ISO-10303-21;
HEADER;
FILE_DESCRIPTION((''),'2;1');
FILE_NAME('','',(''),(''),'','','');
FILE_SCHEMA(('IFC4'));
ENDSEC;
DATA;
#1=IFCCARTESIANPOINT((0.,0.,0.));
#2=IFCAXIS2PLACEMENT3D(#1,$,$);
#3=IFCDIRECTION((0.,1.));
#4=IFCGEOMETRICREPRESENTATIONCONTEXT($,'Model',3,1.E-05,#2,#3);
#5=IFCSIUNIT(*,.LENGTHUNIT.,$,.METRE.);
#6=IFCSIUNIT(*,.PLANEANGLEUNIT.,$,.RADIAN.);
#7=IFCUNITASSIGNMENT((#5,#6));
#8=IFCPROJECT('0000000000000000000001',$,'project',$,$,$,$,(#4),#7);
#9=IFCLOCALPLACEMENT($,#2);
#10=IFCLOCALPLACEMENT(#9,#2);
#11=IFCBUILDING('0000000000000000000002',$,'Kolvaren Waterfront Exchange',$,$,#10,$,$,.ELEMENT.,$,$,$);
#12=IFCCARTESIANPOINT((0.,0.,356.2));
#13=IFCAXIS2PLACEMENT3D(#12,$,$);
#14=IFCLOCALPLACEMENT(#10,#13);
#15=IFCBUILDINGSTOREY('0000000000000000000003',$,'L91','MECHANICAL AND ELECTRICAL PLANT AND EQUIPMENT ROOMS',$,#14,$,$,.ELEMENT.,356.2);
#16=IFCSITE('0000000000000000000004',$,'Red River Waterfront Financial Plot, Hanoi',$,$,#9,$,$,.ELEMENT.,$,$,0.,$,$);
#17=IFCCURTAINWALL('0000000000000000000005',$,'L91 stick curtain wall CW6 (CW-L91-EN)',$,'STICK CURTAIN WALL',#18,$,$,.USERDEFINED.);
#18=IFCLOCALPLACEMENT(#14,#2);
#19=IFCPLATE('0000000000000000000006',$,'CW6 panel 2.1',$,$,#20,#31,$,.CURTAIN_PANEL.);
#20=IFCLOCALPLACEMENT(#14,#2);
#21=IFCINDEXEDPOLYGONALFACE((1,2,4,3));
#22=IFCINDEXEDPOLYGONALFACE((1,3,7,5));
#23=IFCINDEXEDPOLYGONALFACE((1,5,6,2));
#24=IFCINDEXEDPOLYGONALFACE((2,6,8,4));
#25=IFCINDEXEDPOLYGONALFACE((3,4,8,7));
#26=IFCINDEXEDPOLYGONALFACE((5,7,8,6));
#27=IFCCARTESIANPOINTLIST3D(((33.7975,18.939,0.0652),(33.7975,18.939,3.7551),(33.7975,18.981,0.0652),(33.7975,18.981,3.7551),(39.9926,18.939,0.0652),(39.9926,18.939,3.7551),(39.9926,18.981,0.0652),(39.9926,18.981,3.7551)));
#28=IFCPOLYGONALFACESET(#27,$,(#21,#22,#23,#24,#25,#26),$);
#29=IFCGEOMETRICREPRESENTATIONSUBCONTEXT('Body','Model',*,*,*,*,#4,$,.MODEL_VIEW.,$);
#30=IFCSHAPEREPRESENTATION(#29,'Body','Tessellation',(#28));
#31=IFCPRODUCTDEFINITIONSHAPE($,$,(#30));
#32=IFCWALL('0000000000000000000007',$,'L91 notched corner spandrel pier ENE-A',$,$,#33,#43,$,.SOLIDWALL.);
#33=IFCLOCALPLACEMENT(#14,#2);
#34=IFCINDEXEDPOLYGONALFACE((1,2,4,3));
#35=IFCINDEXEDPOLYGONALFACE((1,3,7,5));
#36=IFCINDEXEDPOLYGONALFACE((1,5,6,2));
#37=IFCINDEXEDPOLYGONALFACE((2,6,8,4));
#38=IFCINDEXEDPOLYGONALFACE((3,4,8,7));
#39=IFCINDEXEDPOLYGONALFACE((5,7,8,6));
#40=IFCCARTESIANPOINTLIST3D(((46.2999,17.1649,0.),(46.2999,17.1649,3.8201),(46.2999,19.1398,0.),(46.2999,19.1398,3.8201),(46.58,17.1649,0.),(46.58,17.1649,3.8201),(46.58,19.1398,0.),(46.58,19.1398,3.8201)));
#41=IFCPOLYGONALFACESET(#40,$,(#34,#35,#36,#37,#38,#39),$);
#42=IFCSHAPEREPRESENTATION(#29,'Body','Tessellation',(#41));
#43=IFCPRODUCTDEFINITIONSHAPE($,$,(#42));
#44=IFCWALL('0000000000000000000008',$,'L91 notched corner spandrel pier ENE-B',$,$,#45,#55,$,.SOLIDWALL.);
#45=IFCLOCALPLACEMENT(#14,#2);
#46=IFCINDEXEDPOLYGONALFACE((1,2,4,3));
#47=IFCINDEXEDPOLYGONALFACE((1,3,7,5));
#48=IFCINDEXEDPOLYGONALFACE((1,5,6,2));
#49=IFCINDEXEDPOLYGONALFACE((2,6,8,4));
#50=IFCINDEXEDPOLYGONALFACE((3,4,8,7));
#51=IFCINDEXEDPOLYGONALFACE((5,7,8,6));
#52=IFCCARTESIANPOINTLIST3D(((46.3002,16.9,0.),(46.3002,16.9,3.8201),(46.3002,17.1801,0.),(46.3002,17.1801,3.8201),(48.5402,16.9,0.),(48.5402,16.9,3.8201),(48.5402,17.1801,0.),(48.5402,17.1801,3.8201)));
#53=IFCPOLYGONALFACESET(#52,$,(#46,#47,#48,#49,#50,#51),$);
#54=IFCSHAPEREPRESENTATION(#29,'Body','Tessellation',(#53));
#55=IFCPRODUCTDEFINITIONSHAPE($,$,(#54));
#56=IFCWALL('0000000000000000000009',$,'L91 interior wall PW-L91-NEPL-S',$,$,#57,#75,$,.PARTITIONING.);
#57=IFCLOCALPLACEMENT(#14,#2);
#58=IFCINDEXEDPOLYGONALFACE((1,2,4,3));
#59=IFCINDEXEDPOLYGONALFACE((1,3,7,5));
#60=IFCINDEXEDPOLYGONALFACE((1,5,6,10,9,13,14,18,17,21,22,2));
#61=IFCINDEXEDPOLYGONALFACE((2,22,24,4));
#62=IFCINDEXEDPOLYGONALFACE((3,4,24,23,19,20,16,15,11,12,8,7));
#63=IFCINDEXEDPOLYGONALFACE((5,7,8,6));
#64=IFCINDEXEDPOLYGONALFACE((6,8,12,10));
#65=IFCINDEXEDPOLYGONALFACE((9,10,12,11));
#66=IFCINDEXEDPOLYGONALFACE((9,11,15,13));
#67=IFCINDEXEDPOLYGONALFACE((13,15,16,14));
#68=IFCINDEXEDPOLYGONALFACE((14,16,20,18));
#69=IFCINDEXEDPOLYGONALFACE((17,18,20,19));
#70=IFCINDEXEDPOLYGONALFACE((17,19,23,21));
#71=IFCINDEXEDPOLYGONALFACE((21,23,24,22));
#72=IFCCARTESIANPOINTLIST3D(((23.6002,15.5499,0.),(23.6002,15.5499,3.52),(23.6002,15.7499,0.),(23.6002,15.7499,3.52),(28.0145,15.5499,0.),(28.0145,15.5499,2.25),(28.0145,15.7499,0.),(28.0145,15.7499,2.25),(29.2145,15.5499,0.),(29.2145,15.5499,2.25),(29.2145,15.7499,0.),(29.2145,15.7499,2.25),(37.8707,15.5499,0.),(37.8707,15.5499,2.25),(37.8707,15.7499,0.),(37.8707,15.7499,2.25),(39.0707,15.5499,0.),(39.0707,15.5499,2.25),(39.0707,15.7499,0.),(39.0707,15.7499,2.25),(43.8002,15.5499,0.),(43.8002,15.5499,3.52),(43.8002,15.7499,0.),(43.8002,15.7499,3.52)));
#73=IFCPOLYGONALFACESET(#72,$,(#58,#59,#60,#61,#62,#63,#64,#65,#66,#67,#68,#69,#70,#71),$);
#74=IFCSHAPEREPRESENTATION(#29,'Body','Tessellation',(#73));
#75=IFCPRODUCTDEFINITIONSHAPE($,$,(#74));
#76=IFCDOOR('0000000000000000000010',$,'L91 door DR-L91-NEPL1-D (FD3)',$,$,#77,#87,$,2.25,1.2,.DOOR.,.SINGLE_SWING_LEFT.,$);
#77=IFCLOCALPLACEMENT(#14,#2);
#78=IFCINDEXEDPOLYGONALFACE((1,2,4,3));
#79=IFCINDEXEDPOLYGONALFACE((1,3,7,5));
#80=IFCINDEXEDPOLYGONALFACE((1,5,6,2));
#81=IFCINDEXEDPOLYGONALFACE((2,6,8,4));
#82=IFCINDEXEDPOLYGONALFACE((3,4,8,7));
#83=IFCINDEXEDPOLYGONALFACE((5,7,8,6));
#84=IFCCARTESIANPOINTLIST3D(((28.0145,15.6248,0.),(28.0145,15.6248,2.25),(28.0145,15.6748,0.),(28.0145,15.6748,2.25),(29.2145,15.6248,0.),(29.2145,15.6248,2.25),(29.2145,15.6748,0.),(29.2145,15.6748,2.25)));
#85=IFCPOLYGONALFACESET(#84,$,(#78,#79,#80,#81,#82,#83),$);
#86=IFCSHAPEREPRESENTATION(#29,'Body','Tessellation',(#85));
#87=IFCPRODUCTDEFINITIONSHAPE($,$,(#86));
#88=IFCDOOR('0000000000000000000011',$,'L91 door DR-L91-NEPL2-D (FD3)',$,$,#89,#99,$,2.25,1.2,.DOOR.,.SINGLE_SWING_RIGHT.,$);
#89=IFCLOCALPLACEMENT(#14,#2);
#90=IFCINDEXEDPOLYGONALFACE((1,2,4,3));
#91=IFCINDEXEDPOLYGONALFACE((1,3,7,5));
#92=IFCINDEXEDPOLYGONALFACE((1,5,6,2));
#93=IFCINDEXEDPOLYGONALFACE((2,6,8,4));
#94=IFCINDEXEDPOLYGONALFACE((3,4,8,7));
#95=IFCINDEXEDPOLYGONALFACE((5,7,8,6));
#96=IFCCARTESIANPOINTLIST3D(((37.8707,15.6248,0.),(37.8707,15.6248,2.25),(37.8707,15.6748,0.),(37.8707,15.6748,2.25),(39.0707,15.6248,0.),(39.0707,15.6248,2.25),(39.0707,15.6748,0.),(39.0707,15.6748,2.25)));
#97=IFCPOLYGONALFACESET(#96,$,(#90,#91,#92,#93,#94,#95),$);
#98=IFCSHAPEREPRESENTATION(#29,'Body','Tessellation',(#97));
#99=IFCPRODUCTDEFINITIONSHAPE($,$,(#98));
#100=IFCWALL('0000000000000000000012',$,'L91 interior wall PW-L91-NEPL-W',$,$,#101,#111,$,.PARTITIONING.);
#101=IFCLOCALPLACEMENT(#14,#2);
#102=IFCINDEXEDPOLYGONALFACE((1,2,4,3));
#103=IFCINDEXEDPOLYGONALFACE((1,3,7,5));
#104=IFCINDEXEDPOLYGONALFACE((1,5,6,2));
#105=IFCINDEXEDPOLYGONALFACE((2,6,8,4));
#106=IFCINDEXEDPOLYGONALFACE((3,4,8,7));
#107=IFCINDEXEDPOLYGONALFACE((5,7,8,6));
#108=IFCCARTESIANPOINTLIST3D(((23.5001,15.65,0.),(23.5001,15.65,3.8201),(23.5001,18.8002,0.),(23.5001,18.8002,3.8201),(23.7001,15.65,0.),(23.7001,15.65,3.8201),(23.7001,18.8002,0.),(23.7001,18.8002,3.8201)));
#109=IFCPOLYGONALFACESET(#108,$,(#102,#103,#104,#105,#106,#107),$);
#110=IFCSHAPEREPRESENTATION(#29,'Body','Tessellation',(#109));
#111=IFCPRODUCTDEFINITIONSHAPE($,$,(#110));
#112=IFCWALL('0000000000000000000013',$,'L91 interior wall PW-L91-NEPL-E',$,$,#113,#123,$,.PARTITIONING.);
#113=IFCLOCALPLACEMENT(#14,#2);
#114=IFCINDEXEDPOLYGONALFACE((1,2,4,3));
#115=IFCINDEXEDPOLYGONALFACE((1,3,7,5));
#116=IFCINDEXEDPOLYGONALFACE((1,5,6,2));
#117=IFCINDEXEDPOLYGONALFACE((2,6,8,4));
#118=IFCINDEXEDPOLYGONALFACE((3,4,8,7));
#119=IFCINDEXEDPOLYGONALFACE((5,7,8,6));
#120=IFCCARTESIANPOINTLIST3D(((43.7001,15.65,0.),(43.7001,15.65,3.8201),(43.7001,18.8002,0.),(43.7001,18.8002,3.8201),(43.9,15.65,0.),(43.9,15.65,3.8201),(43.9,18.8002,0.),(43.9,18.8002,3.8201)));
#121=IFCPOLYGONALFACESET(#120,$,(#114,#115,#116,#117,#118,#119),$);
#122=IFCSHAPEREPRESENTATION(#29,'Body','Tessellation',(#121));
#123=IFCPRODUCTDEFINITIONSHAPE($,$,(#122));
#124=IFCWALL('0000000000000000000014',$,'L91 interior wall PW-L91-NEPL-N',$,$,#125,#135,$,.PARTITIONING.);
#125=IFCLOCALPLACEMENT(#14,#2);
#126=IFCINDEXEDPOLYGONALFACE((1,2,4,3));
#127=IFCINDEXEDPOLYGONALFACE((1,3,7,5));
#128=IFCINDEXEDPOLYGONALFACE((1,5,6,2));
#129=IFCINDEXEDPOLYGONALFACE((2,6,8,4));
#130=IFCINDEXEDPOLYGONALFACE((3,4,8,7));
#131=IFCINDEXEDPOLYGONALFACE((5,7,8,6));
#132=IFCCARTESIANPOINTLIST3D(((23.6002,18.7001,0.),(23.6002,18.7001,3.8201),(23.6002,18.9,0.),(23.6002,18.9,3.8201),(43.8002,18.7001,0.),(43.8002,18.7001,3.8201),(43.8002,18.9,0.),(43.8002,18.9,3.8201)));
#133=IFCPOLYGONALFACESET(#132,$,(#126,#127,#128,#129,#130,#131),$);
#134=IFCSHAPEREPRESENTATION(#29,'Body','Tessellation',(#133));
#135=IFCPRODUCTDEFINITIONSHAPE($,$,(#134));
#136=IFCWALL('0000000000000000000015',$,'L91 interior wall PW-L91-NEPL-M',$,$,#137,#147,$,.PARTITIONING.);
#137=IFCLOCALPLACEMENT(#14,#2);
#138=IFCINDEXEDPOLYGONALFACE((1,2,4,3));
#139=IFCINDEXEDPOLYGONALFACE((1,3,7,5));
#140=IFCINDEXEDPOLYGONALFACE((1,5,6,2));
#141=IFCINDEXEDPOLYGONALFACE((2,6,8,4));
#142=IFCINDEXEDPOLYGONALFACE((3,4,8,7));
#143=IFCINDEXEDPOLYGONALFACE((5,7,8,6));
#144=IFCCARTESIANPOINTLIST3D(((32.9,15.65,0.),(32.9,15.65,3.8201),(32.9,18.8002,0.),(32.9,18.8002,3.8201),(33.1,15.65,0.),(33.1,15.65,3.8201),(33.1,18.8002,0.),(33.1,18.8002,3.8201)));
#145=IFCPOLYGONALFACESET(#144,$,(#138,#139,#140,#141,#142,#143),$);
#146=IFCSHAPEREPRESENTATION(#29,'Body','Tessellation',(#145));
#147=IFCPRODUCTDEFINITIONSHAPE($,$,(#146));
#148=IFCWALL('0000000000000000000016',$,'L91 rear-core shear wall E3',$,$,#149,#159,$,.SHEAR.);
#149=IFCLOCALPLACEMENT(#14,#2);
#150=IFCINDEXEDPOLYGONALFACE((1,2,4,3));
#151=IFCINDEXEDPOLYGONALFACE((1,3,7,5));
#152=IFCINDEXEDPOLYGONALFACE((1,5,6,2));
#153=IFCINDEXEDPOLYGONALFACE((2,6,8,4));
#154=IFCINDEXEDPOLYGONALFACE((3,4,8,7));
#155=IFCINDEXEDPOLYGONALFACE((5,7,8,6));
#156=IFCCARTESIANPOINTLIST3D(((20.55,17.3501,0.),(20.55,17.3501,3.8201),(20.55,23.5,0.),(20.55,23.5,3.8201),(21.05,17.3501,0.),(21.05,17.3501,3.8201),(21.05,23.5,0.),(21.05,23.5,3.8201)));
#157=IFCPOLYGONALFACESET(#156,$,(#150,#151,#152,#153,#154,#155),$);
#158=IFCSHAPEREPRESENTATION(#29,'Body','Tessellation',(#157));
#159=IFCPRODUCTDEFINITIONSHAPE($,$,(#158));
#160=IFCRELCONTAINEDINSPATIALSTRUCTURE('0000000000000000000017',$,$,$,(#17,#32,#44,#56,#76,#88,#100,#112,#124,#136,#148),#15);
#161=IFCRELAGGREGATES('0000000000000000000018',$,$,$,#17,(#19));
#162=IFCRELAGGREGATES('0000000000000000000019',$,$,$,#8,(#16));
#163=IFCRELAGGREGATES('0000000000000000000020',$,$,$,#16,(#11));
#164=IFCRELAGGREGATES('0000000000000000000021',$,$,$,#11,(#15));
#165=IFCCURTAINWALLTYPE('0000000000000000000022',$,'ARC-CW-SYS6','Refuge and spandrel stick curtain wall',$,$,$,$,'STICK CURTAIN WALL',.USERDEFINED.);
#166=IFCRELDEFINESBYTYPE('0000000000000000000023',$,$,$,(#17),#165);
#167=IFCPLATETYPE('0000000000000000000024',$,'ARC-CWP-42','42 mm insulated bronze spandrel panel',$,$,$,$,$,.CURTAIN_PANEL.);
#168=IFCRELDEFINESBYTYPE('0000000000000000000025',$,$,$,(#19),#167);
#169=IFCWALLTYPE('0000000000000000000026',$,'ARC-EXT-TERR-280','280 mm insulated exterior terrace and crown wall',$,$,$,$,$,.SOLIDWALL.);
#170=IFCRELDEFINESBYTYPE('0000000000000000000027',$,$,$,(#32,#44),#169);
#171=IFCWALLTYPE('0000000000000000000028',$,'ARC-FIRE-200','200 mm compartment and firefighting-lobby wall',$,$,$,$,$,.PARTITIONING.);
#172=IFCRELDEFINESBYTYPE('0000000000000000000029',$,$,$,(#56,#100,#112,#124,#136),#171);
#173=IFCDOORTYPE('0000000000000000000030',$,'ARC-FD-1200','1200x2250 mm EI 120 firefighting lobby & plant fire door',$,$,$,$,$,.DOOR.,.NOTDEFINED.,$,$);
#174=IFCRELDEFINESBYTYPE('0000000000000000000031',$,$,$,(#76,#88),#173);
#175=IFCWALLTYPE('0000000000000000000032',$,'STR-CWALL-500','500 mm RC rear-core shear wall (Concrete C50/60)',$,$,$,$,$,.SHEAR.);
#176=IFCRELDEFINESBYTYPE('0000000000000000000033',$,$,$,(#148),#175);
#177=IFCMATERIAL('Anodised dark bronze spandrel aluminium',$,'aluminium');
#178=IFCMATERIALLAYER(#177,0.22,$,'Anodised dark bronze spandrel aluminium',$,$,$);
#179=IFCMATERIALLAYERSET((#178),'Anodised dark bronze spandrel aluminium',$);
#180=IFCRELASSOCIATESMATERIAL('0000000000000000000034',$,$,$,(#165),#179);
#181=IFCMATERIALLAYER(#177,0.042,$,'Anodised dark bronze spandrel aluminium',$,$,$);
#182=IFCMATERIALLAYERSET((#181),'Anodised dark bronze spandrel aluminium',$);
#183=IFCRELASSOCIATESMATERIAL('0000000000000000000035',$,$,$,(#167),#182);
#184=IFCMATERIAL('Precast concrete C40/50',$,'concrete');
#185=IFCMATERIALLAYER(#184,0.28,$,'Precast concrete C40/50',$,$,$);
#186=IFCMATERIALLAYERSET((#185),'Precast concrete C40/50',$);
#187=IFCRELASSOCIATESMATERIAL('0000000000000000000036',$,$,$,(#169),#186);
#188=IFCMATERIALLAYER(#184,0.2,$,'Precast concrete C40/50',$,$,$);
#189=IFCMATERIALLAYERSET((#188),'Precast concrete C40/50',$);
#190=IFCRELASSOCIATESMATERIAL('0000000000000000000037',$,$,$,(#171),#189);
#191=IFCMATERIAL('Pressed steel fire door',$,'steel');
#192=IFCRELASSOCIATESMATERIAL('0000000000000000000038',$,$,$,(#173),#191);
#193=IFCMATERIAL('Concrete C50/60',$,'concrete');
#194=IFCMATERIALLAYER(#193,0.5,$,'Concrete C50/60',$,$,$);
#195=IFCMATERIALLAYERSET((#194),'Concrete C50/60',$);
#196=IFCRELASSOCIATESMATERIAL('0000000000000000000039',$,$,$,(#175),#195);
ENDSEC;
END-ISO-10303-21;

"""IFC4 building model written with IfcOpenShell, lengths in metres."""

from ifc_helpers import new_model, si_unit, direction, frame, frame_2d, origin, origin_with_axes, origin_2d, place, context, subcontext, project, spatial, rectangle, extrude, source, transform, mapped, material, layer, layer_set, type_object, element, fill, aggregate, save


model = new_model("IFC4")

# Units and contexts
model_context = context("Model", 3, precision=1e-05, world=origin(), true_north=direction((0.0, 1.0)))
body_context = subcontext(model_context, "Body", "Model", "MODEL_VIEW")
ifc_project = project(units=[si_unit("LENGTHUNIT", "METRE"), si_unit("PLANEANGLEUNIT", "RADIAN")], contexts=[model_context])

# Site, building, storey
site_placement = place(None, origin())
site = spatial("IfcSite", under=ifc_project, at=site_placement, Name="Red River Waterfront Financial Plot, Hanoi", CompositionType="ELEMENT", RefElevation=0.0)
building_placement = place(site_placement, origin())
building = spatial("IfcBuilding", under=site, at=building_placement, Name="Kolvaren Waterfront Exchange", CompositionType="ELEMENT")
storey_placement = place(building_placement, frame((0.0, 0.0, 356.2)))
storey = spatial("IfcBuildingStorey", under=building, at=storey_placement, Name="L91", Description="MECHANICAL AND ELECTRICAL PLANT AND EQUIPMENT ROOMS", CompositionType="ELEMENT", Elevation=356.2)

# Shared definitions
ifc_material_1 = material(Name="Concrete C50/60", Category="concrete")

# Curtain wall
ifc_material_2 = material(Name="Anodised dark bronze spandrel aluminium", Category="aluminium")
ifc_layer_1 = layer(ifc_material_2, 0.22, Name="Anodised dark bronze spandrel aluminium")
ifc_layer_set_1 = layer_set([ifc_layer_1], Name="Anodised dark bronze spandrel aluminium")
curtain_wall_type = type_object("IfcCurtainWallType", Name="ARC-CW-SYS6", Description="Refuge and spandrel stick curtain wall", ElementType="STICK CURTAIN WALL", PredefinedType="USERDEFINED", material=ifc_layer_set_1)
curtain_wall_1_placement = place(storey_placement, origin())
curtain_wall_1 = element("IfcCurtainWall", 1, at=curtain_wall_1_placement, inside=storey, type_object=curtain_wall_type, Name="L91 stick curtain wall CW6 (CW-L91-EN)", ObjectType="STICK CURTAIN WALL", PredefinedType="USERDEFINED")

# Plate
ifc_layer_2 = layer(ifc_material_2, 0.042, Name="Anodised dark bronze spandrel aluminium")
ifc_layer_set_2 = layer_set([ifc_layer_2], Name="Anodised dark bronze spandrel aluminium")
plate_type = type_object("IfcPlateType", Name="ARC-CWP-42", Description="42 mm insulated bronze spandrel panel", PredefinedType="CURTAIN_PANEL", material=ifc_layer_set_2)
shared_shape_1 = source(origin_with_axes(), body_context, "Body", "SweptSolid", [
    extrude(rectangle(XDim=6.1951, YDim=0.042, at=origin_2d()), origin(), (0.0, 0.0, 1.0), 3.6899),
])
plate_1_placement = place(storey_placement, frame((36.895, 18.96, 0.0652), z_axis=(0.0, 0.0, 1.0), x_axis=(1.0, 0.0, 0.0)))
plate_1 = element("IfcPlate", 2, at=plate_1_placement, type_object=plate_type, Name="CW6 panel 2.1", PredefinedType="CURTAIN_PANEL", context=body_context, shape_type="MappedRepresentation", body=[
    mapped(shared_shape_1, transform((0.0, 0.0, 0.0), x_axis=(1.0, 0.0, 0.0), y_axis=(0.0, 1.0, 0.0), z_axis=(0.0, 0.0, 1.0), scale=1.0)),
])
aggregate(curtain_wall_1, [plate_1])

# Walls
ifc_material_3 = material(Name="Precast concrete C40/50", Category="concrete")
ifc_layer_3 = layer(ifc_material_3, 0.28, Name="Precast concrete C40/50")
ifc_layer_set_3 = layer_set([ifc_layer_3], Name="Precast concrete C40/50")
wall_type_1 = type_object("IfcWallType", Name="ARC-EXT-TERR-280", Description="280 mm insulated exterior terrace and crown wall", PredefinedType="SOLIDWALL", material=ifc_layer_set_3)
wall_1_placement = place(storey_placement, frame((46.4399, 17.165, 0.0), z_axis=(0.0, 0.0, 1.0), x_axis=(0.0, 1.0, 0.0)))
element("IfcWall", 3, at=wall_1_placement, inside=storey, type_object=wall_type_1, Name="L91 notched corner spandrel pier ENE-A", PredefinedType="SOLIDWALL", context=body_context, shape_type="SweptSolid", body=[
    extrude(rectangle(XDim=1.9749, YDim=0.28, at=frame_2d((0.9873, 0.0))), origin(), (0.0, 0.0, 1.0), 3.8201),
])
wall_2_placement = place(storey_placement, frame((46.3, 17.04, 0.0), z_axis=(0.0, 0.0, 1.0), x_axis=(1.0, 0.0, 0.0)))
element("IfcWall", 4, at=wall_2_placement, inside=storey, type_object=wall_type_1, Name="L91 notched corner spandrel pier ENE-B", PredefinedType="SOLIDWALL", context=body_context, shape_type="SweptSolid", body=[
    extrude(rectangle(XDim=2.24, YDim=0.28, at=frame_2d((1.1201, 0.0))), origin(), (0.0, 0.0, 1.0), 3.8201),
])

# Wall, openings, doors
ifc_layer_4 = layer(ifc_material_3, 0.2, Name="Precast concrete C40/50")
ifc_layer_set_4 = layer_set([ifc_layer_4], Name="Precast concrete C40/50")
wall_type_2 = type_object("IfcWallType", Name="ARC-FIRE-200", Description="200 mm compartment and firefighting-lobby wall", PredefinedType="PARTITIONING", material=ifc_layer_set_4)
wall_3_placement = place(storey_placement, frame((23.6001, 15.6499, 0.0), z_axis=(0.0, 0.0, 1.0), x_axis=(1.0, 0.0, 0.0)))
wall_3 = element("IfcWall", 5, at=wall_3_placement, inside=storey, type_object=wall_type_2, Name="L91 interior wall PW-L91-NEPL-S", PredefinedType="PARTITIONING", context=body_context, shape_type="SweptSolid", body=[
    extrude(rectangle(XDim=20.2, YDim=0.2, at=frame_2d((10.1001, 0.0))), origin(), (0.0, 0.0, 1.0), 3.52),
])
opening_1_placement = place(wall_3_placement, frame((4.4143, 0.0, 0.0)))
opening_1 = element("IfcOpeningElement", 6, at=opening_1_placement, cuts=wall_3, PredefinedType="OPENING", context=body_context, shape_type="SweptSolid", body=[
    extrude(rectangle(XDim=1.2, YDim=2.25, at=frame_2d((0.6001, 1.125))), frame((0.0, 0.1099, 0.0), z_axis=(0.0, -1.0, 0.0), x_axis=(1.0, 0.0, 0.0)), (0.0, 0.0, 1.0), 0.22),
])
opening_2_placement = place(wall_3_placement, frame((14.2705, 0.0, 0.0)))
opening_2 = element("IfcOpeningElement", 7, at=opening_2_placement, cuts=wall_3, PredefinedType="OPENING", context=body_context, shape_type="SweptSolid", body=[
    extrude(rectangle(XDim=1.2, YDim=2.25, at=frame_2d((0.6001, 1.125))), frame((0.0, 0.1099, 0.0), z_axis=(0.0, -1.0, 0.0), x_axis=(1.0, 0.0, 0.0)), (0.0, 0.0, 1.0), 0.22),
])
ifc_material_4 = material(Name="Pressed steel fire door", Category="steel")
door_type = type_object("IfcDoorType", Name="ARC-FD-1200", Description="1200x2250 mm EI 120 firefighting lobby & plant fire door", OperationType="NOTDEFINED", PredefinedType="DOOR", material=ifc_material_4)
door_1_placement = place(opening_1_placement, origin())
door_1 = element("IfcDoor", 8, at=door_1_placement, inside=storey, type_object=door_type, Name="L91 door DR-L91-NEPL1-D (FD3)", OperationType="SINGLE_SWING_LEFT", OverallHeight=2.25, OverallWidth=1.2, PredefinedType="DOOR", context=body_context, shape_type="SweptSolid", body=[
    extrude(rectangle(XDim=1.2, YDim=2.25, at=frame_2d((0.6001, 1.125))), frame((0.0, 0.0249, 0.0), z_axis=(0.0, -1.0, 0.0), x_axis=(1.0, 0.0, 0.0)), (0.0, 0.0, 1.0), 0.05),
])
fill(opening_1, door_1)
door_2_placement = place(opening_2_placement, origin())
door_2 = element("IfcDoor", 9, at=door_2_placement, inside=storey, type_object=door_type, Name="L91 door DR-L91-NEPL2-D (FD3)", OperationType="SINGLE_SWING_RIGHT", OverallHeight=2.25, OverallWidth=1.2, PredefinedType="DOOR", context=body_context, shape_type="SweptSolid", body=[
    extrude(rectangle(XDim=1.2, YDim=2.25, at=frame_2d((0.6001, 1.125))), frame((0.0, 0.0249, 0.0), z_axis=(0.0, -1.0, 0.0), x_axis=(1.0, 0.0, 0.0)), (0.0, 0.0, 1.0), 0.05),
])
fill(opening_2, door_2)

# Walls
for number, where, z_axis, x_axis, name in (
    (10, (23.6001, 15.6499, 0.0), (0.0, 0.0, 1.0), (0.0, 1.0, 0.0), "L91 interior wall PW-L91-NEPL-W"),
    (11, (43.8, 15.6499, 0.0), (0.0, 0.0, 1.0), (0.0, 1.0, 0.0), "L91 interior wall PW-L91-NEPL-E"),
):
    element("IfcWall", number, at=place(storey_placement, frame(where, z_axis=z_axis, x_axis=x_axis)), inside=storey, type_object=wall_type_2, Name=name, PredefinedType="PARTITIONING", context=body_context, shape_type="SweptSolid", body=[
        extrude(rectangle(XDim=3.1501, YDim=0.2, at=frame_2d((1.5752, 0.0))), origin(), (0.0, 0.0, 1.0), 3.8201),
    ])
wall_4_placement = place(storey_placement, frame((23.6001, 18.8, 0.0), z_axis=(0.0, 0.0, 1.0), x_axis=(1.0, 0.0, 0.0)))
element("IfcWall", 12, at=wall_4_placement, inside=storey, type_object=wall_type_2, Name="L91 interior wall PW-L91-NEPL-N", PredefinedType="PARTITIONING", context=body_context, shape_type="SweptSolid", body=[
    extrude(rectangle(XDim=20.2, YDim=0.2, at=frame_2d((10.1001, 0.0))), origin(), (0.0, 0.0, 1.0), 3.8201),
])
wall_5_placement = place(storey_placement, frame((33.0, 15.6499, 0.0), z_axis=(0.0, 0.0, 1.0), x_axis=(0.0, 1.0, 0.0)))
element("IfcWall", 13, at=wall_5_placement, inside=storey, type_object=wall_type_2, Name="L91 interior wall PW-L91-NEPL-M", PredefinedType="PARTITIONING", context=body_context, shape_type="SweptSolid", body=[
    extrude(rectangle(XDim=3.1501, YDim=0.2, at=frame_2d((1.5752, 0.0))), origin(), (0.0, 0.0, 1.0), 3.8201),
])
ifc_layer_5 = layer(ifc_material_1, 0.5, Name="Concrete C50/60")
ifc_layer_set_5 = layer_set([ifc_layer_5], Name="Concrete C50/60")
wall_type_3 = type_object("IfcWallType", Name="STR-CWALL-500", Description="500 mm RC rear-core shear wall (Concrete C50/60)", PredefinedType="SHEAR", material=ifc_layer_set_5)
wall_6_placement = place(storey_placement, frame((20.8, 17.3501, 0.0), z_axis=(0.0, 0.0, 1.0), x_axis=(0.0, 1.0, 0.0)))
element("IfcWall", 14, at=wall_6_placement, inside=storey, type_object=wall_type_3, Name="L91 rear-core shear wall E3", PredefinedType="SHEAR", context=body_context, shape_type="SweptSolid", body=[
    extrude(rectangle(XDim=6.1499, YDim=0.5, at=frame_2d((3.075, 0.0))), origin(), (0.0, 0.0, 1.0), 3.8201),
])

save(model, "model.ifc")
